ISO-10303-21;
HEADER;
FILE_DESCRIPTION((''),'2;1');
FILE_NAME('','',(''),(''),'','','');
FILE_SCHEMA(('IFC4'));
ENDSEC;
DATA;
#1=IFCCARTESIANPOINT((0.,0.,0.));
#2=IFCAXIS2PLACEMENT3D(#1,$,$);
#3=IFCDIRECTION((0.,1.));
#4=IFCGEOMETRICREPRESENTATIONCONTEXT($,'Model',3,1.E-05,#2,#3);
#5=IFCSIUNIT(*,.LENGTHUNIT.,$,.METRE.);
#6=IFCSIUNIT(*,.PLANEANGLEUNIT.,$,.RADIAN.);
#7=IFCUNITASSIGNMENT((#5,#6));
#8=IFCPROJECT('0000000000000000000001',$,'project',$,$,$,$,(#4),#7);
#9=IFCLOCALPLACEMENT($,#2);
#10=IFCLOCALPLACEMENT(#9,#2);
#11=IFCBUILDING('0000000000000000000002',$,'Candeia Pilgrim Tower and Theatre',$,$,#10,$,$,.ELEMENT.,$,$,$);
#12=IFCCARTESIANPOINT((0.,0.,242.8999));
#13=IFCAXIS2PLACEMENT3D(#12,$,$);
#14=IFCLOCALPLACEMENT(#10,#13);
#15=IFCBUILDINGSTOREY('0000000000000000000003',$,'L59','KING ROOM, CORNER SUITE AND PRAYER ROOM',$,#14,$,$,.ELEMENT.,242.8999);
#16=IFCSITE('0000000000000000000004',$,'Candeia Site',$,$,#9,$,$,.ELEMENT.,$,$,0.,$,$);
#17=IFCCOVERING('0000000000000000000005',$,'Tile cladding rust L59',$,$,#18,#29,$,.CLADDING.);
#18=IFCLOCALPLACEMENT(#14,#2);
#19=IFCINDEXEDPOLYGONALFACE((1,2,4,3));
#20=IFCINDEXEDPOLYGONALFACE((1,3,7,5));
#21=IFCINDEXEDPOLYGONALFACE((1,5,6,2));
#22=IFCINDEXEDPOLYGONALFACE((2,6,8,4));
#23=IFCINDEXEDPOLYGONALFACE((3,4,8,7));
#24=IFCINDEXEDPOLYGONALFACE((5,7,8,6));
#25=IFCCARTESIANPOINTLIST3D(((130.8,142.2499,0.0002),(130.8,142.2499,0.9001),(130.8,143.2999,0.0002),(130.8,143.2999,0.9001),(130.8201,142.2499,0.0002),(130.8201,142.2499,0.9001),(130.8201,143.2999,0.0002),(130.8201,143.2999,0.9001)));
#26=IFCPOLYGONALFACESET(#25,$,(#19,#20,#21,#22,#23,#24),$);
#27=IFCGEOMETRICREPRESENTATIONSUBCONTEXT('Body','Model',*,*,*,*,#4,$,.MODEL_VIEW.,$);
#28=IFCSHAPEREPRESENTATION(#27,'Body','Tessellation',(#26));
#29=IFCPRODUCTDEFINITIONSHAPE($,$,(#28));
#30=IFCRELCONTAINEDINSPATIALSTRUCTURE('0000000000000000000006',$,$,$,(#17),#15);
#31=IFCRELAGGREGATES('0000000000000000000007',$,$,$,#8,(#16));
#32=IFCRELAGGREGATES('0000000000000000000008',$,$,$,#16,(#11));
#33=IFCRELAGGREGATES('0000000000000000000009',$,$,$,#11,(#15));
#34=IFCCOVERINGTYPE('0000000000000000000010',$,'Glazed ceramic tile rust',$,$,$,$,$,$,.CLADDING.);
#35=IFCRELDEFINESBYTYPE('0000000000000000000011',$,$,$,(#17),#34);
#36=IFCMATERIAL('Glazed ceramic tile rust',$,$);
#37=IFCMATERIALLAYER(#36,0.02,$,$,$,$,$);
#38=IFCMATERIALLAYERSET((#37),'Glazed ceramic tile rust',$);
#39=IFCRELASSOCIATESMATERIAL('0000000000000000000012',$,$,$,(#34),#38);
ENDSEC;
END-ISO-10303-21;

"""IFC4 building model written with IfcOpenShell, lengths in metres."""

from ifc_helpers import new_model, si_unit, direction, frame, origin, origin_2d, place, context, subcontext, project, spatial, rectangle, extrude, material, layer, layer_set, type_object, element, save


model = new_model("IFC4")

# Units and contexts
model_context = context("Model", 3, precision=1e-05, world=origin(), true_north=direction((0.0, 1.0)))
body_context = subcontext(model_context, "Body", "Model", "MODEL_VIEW")
ifc_project = project(units=[si_unit("LENGTHUNIT", "METRE"), si_unit("PLANEANGLEUNIT", "RADIAN")], contexts=[model_context])

# Site, building, storey
site_placement = place(None, origin())
site = spatial("IfcSite", under=ifc_project, at=site_placement, Name="Candeia Site", CompositionType="ELEMENT", RefElevation=0.0)
building_placement = place(site_placement, origin())
building = spatial("IfcBuilding", under=site, at=building_placement, Name="Candeia Pilgrim Tower and Theatre", CompositionType="ELEMENT")
storey_placement = place(building_placement, frame((0.0, 0.0, 242.8999)))
storey = spatial("IfcBuildingStorey", under=building, at=storey_placement, Name="L59", Description="KING ROOM, CORNER SUITE AND PRAYER ROOM", CompositionType="ELEMENT", Elevation=242.8999)

# Covering
ifc_material_1 = material(Name="Glazed ceramic tile rust")
ifc_layer_1 = layer(ifc_material_1, 0.02)
ifc_layer_set_1 = layer_set([ifc_layer_1], Name="Glazed ceramic tile rust")
covering_type_1 = type_object("IfcCoveringType", Name="Glazed ceramic tile rust", PredefinedType="CLADDING", material=ifc_layer_set_1)
covering_1_placement = place(storey_placement, frame((130.8101, 142.7749, 0.0002), z_axis=(0.0, 0.0, 1.0), x_axis=(0.0, 1.0, 0.0)))
element("IfcCovering", 1, at=covering_1_placement, inside=storey, type_object=covering_type_1, Name="Tile cladding rust L59", PredefinedType="CLADDING", context=body_context, shape_type="SweptSolid", body=[
    extrude(rectangle(XDim=1.05, YDim=0.02, at=origin_2d()), origin(), (0.0, 0.0, 1.0), 0.8999),
])

save(model, "model.ifc")
